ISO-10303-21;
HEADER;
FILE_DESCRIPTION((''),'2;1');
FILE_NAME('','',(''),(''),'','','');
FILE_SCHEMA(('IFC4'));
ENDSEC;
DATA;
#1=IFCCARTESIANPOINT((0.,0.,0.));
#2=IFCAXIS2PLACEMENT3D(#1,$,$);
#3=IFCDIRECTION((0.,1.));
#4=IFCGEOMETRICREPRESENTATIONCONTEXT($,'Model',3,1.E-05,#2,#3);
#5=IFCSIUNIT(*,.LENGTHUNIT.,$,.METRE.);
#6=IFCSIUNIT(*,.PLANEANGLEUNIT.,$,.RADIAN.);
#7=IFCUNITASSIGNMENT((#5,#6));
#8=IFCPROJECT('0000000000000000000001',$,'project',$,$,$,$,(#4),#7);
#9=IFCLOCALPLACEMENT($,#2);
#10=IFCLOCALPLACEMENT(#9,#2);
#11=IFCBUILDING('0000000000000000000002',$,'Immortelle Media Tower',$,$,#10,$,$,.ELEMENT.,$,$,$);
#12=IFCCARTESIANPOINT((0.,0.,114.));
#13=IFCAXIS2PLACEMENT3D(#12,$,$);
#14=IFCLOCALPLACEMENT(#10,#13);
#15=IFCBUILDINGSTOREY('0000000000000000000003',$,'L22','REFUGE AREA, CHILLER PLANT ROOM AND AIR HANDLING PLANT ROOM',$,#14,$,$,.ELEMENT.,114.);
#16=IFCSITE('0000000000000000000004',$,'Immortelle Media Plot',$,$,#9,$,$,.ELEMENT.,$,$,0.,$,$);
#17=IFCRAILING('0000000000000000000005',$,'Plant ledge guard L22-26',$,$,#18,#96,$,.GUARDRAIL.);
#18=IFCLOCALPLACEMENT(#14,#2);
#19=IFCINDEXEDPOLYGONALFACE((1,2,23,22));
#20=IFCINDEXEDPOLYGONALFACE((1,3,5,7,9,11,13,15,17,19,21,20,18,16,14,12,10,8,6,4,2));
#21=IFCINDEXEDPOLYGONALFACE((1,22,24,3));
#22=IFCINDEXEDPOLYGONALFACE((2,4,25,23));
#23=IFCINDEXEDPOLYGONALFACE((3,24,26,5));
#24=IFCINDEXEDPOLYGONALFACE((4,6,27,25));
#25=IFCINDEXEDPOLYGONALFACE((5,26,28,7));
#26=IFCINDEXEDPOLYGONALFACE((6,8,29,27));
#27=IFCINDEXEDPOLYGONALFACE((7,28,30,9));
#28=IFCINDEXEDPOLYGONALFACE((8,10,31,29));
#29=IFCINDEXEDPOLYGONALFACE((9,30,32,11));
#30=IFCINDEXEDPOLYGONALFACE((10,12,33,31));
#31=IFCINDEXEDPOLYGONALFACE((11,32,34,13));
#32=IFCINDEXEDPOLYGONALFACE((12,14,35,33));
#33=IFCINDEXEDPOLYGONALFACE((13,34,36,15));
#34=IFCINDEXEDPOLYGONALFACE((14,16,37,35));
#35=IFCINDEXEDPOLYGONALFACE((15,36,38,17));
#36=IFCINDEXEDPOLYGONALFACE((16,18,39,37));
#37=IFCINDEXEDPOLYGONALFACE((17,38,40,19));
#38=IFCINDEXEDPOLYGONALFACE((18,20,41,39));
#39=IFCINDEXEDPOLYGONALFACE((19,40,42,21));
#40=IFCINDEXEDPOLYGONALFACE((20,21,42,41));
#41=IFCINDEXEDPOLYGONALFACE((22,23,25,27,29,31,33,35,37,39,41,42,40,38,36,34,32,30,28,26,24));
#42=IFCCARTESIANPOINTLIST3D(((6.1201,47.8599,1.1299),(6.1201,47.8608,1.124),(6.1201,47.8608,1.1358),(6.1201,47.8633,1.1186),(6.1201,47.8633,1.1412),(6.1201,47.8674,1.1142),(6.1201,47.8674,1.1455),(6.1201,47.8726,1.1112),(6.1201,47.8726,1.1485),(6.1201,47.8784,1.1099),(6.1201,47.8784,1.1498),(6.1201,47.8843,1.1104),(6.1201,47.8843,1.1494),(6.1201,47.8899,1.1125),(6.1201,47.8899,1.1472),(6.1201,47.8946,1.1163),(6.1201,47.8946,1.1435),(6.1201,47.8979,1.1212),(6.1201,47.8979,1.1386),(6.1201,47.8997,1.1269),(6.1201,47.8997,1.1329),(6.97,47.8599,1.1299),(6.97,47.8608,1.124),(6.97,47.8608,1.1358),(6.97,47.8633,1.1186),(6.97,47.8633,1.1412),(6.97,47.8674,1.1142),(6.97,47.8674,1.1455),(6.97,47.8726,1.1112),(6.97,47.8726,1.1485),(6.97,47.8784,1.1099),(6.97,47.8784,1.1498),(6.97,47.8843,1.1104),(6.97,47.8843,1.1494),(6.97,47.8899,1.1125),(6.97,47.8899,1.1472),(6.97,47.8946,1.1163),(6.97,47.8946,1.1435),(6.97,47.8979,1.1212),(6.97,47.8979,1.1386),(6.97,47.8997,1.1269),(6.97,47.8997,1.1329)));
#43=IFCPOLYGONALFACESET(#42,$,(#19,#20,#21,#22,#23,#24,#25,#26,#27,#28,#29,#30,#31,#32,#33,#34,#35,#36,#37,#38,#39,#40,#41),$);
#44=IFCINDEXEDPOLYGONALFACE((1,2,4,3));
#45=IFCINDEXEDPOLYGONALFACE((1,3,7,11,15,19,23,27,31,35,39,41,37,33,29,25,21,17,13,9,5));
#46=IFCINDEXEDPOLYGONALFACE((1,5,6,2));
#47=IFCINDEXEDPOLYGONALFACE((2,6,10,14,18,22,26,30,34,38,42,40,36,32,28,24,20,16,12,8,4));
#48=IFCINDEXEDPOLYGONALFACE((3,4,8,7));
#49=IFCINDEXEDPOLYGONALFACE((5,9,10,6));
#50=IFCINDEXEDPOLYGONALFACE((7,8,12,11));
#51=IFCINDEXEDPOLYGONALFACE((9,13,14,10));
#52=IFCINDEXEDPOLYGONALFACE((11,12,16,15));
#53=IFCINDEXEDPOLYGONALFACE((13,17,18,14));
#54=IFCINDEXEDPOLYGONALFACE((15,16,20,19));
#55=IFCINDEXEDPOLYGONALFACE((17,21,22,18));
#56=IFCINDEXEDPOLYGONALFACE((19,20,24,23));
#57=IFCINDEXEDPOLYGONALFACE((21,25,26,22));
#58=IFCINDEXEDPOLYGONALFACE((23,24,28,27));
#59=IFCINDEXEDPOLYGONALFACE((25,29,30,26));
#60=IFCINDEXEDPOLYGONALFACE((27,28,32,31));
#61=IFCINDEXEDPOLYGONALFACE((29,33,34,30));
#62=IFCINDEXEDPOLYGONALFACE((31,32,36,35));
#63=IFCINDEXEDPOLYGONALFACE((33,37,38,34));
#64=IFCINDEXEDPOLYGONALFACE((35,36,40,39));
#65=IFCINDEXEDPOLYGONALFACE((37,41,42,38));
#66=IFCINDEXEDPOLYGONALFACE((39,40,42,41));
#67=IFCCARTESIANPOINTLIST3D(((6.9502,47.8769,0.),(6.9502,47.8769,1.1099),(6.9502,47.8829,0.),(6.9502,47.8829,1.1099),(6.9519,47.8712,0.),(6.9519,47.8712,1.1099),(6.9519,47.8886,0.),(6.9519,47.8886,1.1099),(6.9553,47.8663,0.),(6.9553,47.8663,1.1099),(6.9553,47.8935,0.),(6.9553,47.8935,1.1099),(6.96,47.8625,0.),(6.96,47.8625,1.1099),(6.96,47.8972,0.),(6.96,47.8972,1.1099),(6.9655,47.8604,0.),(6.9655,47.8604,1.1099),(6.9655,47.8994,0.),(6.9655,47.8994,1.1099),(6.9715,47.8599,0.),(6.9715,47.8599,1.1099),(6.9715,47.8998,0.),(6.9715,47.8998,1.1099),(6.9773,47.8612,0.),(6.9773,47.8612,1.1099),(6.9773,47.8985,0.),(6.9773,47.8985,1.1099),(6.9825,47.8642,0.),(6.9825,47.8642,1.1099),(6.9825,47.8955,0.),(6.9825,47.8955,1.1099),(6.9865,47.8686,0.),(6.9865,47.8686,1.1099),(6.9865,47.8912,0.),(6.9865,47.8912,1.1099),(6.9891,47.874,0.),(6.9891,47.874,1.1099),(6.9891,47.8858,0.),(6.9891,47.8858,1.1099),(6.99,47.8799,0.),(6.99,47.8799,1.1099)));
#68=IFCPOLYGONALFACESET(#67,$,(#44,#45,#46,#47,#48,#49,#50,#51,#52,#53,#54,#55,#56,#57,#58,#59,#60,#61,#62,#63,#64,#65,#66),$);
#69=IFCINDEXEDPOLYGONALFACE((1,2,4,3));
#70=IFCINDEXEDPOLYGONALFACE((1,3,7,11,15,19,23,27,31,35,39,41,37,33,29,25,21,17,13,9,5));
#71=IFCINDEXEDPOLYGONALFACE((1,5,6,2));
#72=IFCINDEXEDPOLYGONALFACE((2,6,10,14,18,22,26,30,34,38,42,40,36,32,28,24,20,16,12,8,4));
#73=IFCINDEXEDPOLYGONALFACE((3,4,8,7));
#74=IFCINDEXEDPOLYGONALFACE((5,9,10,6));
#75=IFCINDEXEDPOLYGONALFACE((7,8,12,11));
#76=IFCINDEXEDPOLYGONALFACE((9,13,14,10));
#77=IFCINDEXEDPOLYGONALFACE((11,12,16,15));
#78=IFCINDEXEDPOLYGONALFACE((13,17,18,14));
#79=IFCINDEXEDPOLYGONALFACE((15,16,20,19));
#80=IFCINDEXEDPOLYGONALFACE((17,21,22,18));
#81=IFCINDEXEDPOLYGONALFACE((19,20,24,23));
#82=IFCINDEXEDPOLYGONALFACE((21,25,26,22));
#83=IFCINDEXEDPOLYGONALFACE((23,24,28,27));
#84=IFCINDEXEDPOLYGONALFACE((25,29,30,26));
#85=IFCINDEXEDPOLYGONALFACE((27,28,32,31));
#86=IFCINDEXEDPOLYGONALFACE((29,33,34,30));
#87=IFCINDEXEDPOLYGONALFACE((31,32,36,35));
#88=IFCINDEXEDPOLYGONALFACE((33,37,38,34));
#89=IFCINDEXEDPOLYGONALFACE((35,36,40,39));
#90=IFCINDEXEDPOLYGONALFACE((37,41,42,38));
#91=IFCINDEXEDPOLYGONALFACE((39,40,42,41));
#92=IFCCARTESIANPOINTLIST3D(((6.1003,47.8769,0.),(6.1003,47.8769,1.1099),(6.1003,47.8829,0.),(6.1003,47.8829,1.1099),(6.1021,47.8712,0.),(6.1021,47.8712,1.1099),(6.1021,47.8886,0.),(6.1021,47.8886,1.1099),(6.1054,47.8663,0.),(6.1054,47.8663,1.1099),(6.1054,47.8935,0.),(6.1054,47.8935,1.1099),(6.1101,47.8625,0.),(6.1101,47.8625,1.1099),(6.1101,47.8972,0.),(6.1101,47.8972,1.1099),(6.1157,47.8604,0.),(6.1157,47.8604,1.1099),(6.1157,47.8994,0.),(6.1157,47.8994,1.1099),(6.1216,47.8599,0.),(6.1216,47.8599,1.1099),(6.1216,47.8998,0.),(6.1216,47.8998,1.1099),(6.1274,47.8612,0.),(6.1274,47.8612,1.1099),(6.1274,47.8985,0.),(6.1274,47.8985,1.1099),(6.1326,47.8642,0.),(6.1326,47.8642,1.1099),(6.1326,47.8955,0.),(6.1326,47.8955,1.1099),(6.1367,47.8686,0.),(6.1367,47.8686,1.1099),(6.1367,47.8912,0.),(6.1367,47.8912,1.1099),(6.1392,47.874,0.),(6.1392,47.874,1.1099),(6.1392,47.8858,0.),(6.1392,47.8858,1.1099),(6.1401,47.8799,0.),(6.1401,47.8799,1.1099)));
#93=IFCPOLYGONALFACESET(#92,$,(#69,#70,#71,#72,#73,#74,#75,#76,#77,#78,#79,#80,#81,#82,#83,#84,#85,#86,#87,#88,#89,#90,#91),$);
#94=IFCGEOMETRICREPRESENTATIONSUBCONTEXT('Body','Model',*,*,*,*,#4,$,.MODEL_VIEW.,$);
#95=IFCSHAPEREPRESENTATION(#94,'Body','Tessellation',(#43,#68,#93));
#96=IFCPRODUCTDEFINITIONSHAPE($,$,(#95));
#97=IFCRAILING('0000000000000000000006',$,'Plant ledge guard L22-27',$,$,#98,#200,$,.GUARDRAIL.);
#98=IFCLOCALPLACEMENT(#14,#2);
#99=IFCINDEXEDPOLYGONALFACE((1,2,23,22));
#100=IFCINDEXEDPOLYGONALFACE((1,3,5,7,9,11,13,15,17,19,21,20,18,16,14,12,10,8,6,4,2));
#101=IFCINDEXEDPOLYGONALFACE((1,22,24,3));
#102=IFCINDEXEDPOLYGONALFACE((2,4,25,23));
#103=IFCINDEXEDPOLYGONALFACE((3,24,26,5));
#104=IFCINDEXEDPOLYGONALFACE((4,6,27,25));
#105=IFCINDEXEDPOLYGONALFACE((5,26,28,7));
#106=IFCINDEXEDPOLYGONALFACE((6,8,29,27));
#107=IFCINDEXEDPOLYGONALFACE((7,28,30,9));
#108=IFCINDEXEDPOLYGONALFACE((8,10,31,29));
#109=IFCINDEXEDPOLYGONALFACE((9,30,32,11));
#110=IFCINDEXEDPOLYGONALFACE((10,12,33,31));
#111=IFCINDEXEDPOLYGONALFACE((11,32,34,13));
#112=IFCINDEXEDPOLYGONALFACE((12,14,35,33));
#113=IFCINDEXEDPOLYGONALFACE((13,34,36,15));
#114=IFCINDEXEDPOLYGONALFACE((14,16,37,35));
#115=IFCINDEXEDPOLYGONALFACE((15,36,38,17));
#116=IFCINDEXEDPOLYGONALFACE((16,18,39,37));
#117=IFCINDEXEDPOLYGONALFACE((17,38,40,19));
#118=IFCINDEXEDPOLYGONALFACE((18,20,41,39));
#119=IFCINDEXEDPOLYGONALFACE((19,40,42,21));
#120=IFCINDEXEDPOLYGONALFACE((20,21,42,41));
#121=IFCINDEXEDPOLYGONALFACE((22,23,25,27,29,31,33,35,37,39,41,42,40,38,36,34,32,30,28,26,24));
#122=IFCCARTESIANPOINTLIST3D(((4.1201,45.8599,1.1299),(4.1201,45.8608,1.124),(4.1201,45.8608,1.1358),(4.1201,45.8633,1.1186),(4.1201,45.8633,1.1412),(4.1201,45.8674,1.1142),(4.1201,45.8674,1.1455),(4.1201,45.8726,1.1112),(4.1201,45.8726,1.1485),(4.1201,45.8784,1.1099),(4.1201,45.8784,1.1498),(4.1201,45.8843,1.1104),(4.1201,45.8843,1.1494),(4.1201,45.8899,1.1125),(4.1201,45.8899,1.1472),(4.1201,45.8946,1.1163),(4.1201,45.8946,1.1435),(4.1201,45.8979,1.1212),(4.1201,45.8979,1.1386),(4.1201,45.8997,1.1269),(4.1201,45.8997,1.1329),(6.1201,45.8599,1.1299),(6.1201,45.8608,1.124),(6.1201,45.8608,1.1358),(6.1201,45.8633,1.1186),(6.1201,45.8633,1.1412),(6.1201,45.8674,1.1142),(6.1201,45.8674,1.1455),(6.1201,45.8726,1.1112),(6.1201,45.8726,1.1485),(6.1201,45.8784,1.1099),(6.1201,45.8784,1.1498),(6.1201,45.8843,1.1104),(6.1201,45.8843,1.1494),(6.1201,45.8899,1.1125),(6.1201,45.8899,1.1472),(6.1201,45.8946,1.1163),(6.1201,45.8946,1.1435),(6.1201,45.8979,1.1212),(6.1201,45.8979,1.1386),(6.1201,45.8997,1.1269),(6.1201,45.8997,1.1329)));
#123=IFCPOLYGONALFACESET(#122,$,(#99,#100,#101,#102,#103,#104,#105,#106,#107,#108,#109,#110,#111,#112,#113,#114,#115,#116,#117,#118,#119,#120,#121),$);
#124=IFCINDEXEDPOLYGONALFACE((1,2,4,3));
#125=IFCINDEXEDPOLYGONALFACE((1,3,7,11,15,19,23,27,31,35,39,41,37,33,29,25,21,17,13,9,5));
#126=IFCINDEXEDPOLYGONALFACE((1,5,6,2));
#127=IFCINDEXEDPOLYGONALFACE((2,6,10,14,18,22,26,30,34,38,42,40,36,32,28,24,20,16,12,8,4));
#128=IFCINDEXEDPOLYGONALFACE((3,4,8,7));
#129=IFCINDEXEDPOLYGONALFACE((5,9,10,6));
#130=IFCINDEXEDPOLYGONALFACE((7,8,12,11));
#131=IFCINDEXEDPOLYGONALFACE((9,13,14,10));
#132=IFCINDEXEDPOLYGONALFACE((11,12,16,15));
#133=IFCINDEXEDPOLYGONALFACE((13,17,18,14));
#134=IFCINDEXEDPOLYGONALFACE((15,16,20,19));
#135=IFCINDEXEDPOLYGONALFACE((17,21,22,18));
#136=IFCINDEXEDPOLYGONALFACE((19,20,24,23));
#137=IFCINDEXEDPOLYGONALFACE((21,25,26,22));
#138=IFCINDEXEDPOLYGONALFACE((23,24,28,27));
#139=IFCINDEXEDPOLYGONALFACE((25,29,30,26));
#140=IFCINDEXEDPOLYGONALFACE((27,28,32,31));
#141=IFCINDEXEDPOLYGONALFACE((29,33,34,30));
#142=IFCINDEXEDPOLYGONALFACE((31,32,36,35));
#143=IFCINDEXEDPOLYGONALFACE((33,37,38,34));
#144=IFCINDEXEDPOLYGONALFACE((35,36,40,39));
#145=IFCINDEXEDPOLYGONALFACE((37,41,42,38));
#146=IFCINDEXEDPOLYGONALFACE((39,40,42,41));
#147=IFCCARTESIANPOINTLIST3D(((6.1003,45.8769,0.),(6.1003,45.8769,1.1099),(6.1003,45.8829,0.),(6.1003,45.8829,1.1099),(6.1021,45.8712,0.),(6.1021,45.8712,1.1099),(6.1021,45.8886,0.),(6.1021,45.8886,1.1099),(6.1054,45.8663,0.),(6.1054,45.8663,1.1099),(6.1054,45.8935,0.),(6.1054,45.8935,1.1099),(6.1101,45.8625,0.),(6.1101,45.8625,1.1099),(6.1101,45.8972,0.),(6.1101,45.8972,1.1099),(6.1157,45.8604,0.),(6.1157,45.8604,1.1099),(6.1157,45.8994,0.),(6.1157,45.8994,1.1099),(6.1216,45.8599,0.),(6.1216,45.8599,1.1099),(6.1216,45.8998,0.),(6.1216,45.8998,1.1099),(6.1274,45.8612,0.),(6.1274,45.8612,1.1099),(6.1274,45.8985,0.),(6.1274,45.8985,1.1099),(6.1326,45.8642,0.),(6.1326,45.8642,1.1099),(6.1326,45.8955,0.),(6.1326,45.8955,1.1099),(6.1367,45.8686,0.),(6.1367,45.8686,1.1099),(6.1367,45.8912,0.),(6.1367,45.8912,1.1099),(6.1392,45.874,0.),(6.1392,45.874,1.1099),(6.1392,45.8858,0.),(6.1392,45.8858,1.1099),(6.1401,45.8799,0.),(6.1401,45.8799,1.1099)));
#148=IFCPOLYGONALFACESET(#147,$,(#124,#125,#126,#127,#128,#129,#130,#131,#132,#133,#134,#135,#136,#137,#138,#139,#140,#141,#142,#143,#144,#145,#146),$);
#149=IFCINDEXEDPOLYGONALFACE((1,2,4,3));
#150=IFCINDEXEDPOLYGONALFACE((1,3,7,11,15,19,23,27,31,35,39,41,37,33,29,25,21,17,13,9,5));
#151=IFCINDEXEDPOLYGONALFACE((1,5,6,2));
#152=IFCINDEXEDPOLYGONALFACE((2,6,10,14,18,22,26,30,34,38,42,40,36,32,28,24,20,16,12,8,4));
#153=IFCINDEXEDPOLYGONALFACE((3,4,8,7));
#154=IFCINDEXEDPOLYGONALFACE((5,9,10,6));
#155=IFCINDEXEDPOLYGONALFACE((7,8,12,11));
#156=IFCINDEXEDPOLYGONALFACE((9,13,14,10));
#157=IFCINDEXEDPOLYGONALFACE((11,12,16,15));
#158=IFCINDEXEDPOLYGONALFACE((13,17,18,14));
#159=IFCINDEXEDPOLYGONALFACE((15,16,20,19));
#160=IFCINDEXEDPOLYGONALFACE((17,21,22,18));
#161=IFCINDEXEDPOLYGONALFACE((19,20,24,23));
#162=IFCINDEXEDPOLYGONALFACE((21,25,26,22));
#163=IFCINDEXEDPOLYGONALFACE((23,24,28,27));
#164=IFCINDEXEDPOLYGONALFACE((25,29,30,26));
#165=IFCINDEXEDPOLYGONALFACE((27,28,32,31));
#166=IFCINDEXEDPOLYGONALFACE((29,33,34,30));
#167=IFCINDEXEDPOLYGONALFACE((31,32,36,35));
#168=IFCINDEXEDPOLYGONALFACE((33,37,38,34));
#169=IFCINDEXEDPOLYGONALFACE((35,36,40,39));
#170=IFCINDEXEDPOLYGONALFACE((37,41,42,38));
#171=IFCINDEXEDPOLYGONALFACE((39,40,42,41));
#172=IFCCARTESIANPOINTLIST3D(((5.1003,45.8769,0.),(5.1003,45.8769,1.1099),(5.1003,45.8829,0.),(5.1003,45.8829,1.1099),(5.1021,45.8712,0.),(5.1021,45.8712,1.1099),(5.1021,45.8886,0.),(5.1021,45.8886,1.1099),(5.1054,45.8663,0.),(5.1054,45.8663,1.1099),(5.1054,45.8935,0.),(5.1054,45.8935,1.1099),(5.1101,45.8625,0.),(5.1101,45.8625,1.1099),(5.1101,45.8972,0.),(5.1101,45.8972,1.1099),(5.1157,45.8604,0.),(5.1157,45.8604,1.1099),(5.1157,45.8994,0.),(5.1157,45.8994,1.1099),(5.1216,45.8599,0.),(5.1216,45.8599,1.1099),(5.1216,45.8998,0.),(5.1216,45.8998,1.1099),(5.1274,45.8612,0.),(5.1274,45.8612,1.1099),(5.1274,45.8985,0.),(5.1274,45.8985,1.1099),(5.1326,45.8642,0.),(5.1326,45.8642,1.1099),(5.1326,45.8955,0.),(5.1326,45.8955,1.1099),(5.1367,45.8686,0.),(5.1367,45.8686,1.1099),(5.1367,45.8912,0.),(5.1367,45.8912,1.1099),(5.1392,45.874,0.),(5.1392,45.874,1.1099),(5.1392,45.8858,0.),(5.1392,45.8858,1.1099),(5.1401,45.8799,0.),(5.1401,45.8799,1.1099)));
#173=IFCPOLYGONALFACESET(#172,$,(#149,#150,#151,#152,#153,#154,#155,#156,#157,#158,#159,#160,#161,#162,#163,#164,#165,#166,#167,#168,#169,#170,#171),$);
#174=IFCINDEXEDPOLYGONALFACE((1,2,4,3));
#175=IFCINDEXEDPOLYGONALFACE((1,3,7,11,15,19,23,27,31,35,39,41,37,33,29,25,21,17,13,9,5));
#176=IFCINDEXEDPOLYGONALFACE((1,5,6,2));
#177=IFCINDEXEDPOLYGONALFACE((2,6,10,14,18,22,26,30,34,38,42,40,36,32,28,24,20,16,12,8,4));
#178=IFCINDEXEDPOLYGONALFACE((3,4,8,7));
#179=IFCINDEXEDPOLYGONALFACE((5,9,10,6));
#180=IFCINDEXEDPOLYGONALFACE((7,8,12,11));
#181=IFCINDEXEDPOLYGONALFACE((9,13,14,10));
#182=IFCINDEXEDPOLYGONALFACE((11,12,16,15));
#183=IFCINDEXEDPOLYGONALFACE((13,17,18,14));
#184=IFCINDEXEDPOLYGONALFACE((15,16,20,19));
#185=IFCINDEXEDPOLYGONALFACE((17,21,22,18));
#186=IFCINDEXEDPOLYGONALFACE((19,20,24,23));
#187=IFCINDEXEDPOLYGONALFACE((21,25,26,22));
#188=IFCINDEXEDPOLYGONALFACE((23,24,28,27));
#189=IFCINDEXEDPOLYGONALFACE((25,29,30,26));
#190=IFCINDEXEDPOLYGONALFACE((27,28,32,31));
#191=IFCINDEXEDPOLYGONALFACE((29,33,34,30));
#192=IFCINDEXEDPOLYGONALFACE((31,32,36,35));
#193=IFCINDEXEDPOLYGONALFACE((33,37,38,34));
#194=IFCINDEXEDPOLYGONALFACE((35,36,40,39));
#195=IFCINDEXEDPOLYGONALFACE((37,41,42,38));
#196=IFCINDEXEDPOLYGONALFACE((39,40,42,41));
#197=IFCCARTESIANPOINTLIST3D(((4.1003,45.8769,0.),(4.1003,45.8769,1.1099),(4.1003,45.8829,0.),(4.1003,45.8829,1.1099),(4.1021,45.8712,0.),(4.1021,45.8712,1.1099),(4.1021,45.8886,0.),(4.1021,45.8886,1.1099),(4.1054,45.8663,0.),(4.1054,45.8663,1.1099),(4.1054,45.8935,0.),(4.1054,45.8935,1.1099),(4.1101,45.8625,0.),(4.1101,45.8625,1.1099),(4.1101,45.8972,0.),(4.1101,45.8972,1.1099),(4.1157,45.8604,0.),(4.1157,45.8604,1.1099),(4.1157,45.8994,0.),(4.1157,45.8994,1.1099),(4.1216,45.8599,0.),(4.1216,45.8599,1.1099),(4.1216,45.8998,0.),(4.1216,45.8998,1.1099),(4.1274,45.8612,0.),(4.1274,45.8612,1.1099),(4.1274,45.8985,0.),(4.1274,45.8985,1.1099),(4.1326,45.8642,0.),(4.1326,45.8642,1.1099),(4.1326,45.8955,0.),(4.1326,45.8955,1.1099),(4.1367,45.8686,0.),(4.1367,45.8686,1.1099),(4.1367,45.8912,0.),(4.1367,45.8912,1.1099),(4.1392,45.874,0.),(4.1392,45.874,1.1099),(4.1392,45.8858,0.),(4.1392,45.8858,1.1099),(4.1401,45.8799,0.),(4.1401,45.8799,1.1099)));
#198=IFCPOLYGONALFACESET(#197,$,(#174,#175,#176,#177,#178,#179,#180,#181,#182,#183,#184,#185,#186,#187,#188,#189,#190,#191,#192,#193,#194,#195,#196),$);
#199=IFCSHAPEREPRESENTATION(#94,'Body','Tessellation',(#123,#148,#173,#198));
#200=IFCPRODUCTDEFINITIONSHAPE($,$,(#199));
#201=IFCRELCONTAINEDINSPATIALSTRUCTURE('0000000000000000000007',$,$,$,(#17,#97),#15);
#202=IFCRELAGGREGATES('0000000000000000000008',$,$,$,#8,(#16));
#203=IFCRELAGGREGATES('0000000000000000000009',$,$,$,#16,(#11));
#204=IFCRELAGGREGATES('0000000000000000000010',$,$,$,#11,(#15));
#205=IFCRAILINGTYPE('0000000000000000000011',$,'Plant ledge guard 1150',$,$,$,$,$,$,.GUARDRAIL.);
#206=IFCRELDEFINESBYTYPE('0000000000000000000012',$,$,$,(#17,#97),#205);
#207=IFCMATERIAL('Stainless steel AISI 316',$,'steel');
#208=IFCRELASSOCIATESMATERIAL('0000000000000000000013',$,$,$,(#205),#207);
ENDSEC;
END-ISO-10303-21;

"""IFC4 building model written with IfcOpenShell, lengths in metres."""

from ifc_helpers import new_model, si_unit, direction, frame, origin, origin_2d, place, context, subcontext, project, spatial, circle, extrude, material, type_object, element, save


model = new_model("IFC4")

# Units and contexts
model_context = context("Model", 3, precision=1e-05, world=origin(), true_north=direction((0.0, 1.0)))
body_context = subcontext(model_context, "Body", "Model", "MODEL_VIEW")
ifc_project = project(units=[si_unit("LENGTHUNIT", "METRE"), si_unit("PLANEANGLEUNIT", "RADIAN")], contexts=[model_context])

# Site, building, storey
site_placement = place(None, origin())
site = spatial("IfcSite", under=ifc_project, at=site_placement, Name="Immortelle Media Plot", CompositionType="ELEMENT", RefElevation=0.0)
building_placement = place(site_placement, origin())
building = spatial("IfcBuilding", under=site, at=building_placement, Name="Immortelle Media Tower", CompositionType="ELEMENT")
storey_placement = place(building_placement, frame((0.0, 0.0, 114.0)))
storey = spatial("IfcBuildingStorey", under=building, at=storey_placement, Name="L22", Description="REFUGE AREA, CHILLER PLANT ROOM AND AIR HANDLING PLANT ROOM", CompositionType="ELEMENT", Elevation=114.0)

# Railings
ifc_material_1 = material(Name="Stainless steel AISI 316", Category="steel")
railing_type = type_object("IfcRailingType", Name="Plant ledge guard 1150", PredefinedType="GUARDRAIL", material=ifc_material_1)
railing_1_placement = place(storey_placement, frame((6.97, 47.8799, 0.0)))
element("IfcRailing", 1, at=railing_1_placement, inside=storey, type_object=railing_type, Name="Plant ledge guard L22-26", PredefinedType="GUARDRAIL", context=body_context, shape_type="SweptSolid", body=[
    extrude(circle(Radius=0.02, at=origin_2d()), frame((0.0, 0.0, 1.1299), z_axis=(-1.0, 0.0, 0.0), x_axis=(0.0, -1.0, 0.0)), (0.0, 0.0, 1.0), 0.8499),
    extrude(circle(Radius=0.02, at=origin_2d()), origin(), (0.0, 0.0, 1.0), 1.1099),
    extrude(circle(Radius=0.02, at=origin_2d()), frame((-0.8499, 0.0, 0.0)), (0.0, 0.0, 1.0), 1.1099),
])
railing_2_placement = place(storey_placement, frame((6.1201, 45.8799, 0.0)))
element("IfcRailing", 2, at=railing_2_placement, inside=storey, type_object=railing_type, Name="Plant ledge guard L22-27", PredefinedType="GUARDRAIL", context=body_context, shape_type="SweptSolid", body=[
    extrude(circle(Radius=0.02, at=origin_2d()), frame((0.0, 0.0, 1.1299), z_axis=(-1.0, 0.0, 0.0), x_axis=(0.0, -1.0, 0.0)), (0.0, 0.0, 1.0), 2.0),
    extrude(circle(Radius=0.02, at=origin_2d()), origin(), (0.0, 0.0, 1.0), 1.1099),
    extrude(circle(Radius=0.02, at=origin_2d()), frame((-1.0, 0.0, 0.0)), (0.0, 0.0, 1.0), 1.1099),
    extrude(circle(Radius=0.02, at=origin_2d()), frame((-2.0, 0.0, 0.0)), (0.0, 0.0, 1.0), 1.1099),
])

save(model, "model.ifc")
